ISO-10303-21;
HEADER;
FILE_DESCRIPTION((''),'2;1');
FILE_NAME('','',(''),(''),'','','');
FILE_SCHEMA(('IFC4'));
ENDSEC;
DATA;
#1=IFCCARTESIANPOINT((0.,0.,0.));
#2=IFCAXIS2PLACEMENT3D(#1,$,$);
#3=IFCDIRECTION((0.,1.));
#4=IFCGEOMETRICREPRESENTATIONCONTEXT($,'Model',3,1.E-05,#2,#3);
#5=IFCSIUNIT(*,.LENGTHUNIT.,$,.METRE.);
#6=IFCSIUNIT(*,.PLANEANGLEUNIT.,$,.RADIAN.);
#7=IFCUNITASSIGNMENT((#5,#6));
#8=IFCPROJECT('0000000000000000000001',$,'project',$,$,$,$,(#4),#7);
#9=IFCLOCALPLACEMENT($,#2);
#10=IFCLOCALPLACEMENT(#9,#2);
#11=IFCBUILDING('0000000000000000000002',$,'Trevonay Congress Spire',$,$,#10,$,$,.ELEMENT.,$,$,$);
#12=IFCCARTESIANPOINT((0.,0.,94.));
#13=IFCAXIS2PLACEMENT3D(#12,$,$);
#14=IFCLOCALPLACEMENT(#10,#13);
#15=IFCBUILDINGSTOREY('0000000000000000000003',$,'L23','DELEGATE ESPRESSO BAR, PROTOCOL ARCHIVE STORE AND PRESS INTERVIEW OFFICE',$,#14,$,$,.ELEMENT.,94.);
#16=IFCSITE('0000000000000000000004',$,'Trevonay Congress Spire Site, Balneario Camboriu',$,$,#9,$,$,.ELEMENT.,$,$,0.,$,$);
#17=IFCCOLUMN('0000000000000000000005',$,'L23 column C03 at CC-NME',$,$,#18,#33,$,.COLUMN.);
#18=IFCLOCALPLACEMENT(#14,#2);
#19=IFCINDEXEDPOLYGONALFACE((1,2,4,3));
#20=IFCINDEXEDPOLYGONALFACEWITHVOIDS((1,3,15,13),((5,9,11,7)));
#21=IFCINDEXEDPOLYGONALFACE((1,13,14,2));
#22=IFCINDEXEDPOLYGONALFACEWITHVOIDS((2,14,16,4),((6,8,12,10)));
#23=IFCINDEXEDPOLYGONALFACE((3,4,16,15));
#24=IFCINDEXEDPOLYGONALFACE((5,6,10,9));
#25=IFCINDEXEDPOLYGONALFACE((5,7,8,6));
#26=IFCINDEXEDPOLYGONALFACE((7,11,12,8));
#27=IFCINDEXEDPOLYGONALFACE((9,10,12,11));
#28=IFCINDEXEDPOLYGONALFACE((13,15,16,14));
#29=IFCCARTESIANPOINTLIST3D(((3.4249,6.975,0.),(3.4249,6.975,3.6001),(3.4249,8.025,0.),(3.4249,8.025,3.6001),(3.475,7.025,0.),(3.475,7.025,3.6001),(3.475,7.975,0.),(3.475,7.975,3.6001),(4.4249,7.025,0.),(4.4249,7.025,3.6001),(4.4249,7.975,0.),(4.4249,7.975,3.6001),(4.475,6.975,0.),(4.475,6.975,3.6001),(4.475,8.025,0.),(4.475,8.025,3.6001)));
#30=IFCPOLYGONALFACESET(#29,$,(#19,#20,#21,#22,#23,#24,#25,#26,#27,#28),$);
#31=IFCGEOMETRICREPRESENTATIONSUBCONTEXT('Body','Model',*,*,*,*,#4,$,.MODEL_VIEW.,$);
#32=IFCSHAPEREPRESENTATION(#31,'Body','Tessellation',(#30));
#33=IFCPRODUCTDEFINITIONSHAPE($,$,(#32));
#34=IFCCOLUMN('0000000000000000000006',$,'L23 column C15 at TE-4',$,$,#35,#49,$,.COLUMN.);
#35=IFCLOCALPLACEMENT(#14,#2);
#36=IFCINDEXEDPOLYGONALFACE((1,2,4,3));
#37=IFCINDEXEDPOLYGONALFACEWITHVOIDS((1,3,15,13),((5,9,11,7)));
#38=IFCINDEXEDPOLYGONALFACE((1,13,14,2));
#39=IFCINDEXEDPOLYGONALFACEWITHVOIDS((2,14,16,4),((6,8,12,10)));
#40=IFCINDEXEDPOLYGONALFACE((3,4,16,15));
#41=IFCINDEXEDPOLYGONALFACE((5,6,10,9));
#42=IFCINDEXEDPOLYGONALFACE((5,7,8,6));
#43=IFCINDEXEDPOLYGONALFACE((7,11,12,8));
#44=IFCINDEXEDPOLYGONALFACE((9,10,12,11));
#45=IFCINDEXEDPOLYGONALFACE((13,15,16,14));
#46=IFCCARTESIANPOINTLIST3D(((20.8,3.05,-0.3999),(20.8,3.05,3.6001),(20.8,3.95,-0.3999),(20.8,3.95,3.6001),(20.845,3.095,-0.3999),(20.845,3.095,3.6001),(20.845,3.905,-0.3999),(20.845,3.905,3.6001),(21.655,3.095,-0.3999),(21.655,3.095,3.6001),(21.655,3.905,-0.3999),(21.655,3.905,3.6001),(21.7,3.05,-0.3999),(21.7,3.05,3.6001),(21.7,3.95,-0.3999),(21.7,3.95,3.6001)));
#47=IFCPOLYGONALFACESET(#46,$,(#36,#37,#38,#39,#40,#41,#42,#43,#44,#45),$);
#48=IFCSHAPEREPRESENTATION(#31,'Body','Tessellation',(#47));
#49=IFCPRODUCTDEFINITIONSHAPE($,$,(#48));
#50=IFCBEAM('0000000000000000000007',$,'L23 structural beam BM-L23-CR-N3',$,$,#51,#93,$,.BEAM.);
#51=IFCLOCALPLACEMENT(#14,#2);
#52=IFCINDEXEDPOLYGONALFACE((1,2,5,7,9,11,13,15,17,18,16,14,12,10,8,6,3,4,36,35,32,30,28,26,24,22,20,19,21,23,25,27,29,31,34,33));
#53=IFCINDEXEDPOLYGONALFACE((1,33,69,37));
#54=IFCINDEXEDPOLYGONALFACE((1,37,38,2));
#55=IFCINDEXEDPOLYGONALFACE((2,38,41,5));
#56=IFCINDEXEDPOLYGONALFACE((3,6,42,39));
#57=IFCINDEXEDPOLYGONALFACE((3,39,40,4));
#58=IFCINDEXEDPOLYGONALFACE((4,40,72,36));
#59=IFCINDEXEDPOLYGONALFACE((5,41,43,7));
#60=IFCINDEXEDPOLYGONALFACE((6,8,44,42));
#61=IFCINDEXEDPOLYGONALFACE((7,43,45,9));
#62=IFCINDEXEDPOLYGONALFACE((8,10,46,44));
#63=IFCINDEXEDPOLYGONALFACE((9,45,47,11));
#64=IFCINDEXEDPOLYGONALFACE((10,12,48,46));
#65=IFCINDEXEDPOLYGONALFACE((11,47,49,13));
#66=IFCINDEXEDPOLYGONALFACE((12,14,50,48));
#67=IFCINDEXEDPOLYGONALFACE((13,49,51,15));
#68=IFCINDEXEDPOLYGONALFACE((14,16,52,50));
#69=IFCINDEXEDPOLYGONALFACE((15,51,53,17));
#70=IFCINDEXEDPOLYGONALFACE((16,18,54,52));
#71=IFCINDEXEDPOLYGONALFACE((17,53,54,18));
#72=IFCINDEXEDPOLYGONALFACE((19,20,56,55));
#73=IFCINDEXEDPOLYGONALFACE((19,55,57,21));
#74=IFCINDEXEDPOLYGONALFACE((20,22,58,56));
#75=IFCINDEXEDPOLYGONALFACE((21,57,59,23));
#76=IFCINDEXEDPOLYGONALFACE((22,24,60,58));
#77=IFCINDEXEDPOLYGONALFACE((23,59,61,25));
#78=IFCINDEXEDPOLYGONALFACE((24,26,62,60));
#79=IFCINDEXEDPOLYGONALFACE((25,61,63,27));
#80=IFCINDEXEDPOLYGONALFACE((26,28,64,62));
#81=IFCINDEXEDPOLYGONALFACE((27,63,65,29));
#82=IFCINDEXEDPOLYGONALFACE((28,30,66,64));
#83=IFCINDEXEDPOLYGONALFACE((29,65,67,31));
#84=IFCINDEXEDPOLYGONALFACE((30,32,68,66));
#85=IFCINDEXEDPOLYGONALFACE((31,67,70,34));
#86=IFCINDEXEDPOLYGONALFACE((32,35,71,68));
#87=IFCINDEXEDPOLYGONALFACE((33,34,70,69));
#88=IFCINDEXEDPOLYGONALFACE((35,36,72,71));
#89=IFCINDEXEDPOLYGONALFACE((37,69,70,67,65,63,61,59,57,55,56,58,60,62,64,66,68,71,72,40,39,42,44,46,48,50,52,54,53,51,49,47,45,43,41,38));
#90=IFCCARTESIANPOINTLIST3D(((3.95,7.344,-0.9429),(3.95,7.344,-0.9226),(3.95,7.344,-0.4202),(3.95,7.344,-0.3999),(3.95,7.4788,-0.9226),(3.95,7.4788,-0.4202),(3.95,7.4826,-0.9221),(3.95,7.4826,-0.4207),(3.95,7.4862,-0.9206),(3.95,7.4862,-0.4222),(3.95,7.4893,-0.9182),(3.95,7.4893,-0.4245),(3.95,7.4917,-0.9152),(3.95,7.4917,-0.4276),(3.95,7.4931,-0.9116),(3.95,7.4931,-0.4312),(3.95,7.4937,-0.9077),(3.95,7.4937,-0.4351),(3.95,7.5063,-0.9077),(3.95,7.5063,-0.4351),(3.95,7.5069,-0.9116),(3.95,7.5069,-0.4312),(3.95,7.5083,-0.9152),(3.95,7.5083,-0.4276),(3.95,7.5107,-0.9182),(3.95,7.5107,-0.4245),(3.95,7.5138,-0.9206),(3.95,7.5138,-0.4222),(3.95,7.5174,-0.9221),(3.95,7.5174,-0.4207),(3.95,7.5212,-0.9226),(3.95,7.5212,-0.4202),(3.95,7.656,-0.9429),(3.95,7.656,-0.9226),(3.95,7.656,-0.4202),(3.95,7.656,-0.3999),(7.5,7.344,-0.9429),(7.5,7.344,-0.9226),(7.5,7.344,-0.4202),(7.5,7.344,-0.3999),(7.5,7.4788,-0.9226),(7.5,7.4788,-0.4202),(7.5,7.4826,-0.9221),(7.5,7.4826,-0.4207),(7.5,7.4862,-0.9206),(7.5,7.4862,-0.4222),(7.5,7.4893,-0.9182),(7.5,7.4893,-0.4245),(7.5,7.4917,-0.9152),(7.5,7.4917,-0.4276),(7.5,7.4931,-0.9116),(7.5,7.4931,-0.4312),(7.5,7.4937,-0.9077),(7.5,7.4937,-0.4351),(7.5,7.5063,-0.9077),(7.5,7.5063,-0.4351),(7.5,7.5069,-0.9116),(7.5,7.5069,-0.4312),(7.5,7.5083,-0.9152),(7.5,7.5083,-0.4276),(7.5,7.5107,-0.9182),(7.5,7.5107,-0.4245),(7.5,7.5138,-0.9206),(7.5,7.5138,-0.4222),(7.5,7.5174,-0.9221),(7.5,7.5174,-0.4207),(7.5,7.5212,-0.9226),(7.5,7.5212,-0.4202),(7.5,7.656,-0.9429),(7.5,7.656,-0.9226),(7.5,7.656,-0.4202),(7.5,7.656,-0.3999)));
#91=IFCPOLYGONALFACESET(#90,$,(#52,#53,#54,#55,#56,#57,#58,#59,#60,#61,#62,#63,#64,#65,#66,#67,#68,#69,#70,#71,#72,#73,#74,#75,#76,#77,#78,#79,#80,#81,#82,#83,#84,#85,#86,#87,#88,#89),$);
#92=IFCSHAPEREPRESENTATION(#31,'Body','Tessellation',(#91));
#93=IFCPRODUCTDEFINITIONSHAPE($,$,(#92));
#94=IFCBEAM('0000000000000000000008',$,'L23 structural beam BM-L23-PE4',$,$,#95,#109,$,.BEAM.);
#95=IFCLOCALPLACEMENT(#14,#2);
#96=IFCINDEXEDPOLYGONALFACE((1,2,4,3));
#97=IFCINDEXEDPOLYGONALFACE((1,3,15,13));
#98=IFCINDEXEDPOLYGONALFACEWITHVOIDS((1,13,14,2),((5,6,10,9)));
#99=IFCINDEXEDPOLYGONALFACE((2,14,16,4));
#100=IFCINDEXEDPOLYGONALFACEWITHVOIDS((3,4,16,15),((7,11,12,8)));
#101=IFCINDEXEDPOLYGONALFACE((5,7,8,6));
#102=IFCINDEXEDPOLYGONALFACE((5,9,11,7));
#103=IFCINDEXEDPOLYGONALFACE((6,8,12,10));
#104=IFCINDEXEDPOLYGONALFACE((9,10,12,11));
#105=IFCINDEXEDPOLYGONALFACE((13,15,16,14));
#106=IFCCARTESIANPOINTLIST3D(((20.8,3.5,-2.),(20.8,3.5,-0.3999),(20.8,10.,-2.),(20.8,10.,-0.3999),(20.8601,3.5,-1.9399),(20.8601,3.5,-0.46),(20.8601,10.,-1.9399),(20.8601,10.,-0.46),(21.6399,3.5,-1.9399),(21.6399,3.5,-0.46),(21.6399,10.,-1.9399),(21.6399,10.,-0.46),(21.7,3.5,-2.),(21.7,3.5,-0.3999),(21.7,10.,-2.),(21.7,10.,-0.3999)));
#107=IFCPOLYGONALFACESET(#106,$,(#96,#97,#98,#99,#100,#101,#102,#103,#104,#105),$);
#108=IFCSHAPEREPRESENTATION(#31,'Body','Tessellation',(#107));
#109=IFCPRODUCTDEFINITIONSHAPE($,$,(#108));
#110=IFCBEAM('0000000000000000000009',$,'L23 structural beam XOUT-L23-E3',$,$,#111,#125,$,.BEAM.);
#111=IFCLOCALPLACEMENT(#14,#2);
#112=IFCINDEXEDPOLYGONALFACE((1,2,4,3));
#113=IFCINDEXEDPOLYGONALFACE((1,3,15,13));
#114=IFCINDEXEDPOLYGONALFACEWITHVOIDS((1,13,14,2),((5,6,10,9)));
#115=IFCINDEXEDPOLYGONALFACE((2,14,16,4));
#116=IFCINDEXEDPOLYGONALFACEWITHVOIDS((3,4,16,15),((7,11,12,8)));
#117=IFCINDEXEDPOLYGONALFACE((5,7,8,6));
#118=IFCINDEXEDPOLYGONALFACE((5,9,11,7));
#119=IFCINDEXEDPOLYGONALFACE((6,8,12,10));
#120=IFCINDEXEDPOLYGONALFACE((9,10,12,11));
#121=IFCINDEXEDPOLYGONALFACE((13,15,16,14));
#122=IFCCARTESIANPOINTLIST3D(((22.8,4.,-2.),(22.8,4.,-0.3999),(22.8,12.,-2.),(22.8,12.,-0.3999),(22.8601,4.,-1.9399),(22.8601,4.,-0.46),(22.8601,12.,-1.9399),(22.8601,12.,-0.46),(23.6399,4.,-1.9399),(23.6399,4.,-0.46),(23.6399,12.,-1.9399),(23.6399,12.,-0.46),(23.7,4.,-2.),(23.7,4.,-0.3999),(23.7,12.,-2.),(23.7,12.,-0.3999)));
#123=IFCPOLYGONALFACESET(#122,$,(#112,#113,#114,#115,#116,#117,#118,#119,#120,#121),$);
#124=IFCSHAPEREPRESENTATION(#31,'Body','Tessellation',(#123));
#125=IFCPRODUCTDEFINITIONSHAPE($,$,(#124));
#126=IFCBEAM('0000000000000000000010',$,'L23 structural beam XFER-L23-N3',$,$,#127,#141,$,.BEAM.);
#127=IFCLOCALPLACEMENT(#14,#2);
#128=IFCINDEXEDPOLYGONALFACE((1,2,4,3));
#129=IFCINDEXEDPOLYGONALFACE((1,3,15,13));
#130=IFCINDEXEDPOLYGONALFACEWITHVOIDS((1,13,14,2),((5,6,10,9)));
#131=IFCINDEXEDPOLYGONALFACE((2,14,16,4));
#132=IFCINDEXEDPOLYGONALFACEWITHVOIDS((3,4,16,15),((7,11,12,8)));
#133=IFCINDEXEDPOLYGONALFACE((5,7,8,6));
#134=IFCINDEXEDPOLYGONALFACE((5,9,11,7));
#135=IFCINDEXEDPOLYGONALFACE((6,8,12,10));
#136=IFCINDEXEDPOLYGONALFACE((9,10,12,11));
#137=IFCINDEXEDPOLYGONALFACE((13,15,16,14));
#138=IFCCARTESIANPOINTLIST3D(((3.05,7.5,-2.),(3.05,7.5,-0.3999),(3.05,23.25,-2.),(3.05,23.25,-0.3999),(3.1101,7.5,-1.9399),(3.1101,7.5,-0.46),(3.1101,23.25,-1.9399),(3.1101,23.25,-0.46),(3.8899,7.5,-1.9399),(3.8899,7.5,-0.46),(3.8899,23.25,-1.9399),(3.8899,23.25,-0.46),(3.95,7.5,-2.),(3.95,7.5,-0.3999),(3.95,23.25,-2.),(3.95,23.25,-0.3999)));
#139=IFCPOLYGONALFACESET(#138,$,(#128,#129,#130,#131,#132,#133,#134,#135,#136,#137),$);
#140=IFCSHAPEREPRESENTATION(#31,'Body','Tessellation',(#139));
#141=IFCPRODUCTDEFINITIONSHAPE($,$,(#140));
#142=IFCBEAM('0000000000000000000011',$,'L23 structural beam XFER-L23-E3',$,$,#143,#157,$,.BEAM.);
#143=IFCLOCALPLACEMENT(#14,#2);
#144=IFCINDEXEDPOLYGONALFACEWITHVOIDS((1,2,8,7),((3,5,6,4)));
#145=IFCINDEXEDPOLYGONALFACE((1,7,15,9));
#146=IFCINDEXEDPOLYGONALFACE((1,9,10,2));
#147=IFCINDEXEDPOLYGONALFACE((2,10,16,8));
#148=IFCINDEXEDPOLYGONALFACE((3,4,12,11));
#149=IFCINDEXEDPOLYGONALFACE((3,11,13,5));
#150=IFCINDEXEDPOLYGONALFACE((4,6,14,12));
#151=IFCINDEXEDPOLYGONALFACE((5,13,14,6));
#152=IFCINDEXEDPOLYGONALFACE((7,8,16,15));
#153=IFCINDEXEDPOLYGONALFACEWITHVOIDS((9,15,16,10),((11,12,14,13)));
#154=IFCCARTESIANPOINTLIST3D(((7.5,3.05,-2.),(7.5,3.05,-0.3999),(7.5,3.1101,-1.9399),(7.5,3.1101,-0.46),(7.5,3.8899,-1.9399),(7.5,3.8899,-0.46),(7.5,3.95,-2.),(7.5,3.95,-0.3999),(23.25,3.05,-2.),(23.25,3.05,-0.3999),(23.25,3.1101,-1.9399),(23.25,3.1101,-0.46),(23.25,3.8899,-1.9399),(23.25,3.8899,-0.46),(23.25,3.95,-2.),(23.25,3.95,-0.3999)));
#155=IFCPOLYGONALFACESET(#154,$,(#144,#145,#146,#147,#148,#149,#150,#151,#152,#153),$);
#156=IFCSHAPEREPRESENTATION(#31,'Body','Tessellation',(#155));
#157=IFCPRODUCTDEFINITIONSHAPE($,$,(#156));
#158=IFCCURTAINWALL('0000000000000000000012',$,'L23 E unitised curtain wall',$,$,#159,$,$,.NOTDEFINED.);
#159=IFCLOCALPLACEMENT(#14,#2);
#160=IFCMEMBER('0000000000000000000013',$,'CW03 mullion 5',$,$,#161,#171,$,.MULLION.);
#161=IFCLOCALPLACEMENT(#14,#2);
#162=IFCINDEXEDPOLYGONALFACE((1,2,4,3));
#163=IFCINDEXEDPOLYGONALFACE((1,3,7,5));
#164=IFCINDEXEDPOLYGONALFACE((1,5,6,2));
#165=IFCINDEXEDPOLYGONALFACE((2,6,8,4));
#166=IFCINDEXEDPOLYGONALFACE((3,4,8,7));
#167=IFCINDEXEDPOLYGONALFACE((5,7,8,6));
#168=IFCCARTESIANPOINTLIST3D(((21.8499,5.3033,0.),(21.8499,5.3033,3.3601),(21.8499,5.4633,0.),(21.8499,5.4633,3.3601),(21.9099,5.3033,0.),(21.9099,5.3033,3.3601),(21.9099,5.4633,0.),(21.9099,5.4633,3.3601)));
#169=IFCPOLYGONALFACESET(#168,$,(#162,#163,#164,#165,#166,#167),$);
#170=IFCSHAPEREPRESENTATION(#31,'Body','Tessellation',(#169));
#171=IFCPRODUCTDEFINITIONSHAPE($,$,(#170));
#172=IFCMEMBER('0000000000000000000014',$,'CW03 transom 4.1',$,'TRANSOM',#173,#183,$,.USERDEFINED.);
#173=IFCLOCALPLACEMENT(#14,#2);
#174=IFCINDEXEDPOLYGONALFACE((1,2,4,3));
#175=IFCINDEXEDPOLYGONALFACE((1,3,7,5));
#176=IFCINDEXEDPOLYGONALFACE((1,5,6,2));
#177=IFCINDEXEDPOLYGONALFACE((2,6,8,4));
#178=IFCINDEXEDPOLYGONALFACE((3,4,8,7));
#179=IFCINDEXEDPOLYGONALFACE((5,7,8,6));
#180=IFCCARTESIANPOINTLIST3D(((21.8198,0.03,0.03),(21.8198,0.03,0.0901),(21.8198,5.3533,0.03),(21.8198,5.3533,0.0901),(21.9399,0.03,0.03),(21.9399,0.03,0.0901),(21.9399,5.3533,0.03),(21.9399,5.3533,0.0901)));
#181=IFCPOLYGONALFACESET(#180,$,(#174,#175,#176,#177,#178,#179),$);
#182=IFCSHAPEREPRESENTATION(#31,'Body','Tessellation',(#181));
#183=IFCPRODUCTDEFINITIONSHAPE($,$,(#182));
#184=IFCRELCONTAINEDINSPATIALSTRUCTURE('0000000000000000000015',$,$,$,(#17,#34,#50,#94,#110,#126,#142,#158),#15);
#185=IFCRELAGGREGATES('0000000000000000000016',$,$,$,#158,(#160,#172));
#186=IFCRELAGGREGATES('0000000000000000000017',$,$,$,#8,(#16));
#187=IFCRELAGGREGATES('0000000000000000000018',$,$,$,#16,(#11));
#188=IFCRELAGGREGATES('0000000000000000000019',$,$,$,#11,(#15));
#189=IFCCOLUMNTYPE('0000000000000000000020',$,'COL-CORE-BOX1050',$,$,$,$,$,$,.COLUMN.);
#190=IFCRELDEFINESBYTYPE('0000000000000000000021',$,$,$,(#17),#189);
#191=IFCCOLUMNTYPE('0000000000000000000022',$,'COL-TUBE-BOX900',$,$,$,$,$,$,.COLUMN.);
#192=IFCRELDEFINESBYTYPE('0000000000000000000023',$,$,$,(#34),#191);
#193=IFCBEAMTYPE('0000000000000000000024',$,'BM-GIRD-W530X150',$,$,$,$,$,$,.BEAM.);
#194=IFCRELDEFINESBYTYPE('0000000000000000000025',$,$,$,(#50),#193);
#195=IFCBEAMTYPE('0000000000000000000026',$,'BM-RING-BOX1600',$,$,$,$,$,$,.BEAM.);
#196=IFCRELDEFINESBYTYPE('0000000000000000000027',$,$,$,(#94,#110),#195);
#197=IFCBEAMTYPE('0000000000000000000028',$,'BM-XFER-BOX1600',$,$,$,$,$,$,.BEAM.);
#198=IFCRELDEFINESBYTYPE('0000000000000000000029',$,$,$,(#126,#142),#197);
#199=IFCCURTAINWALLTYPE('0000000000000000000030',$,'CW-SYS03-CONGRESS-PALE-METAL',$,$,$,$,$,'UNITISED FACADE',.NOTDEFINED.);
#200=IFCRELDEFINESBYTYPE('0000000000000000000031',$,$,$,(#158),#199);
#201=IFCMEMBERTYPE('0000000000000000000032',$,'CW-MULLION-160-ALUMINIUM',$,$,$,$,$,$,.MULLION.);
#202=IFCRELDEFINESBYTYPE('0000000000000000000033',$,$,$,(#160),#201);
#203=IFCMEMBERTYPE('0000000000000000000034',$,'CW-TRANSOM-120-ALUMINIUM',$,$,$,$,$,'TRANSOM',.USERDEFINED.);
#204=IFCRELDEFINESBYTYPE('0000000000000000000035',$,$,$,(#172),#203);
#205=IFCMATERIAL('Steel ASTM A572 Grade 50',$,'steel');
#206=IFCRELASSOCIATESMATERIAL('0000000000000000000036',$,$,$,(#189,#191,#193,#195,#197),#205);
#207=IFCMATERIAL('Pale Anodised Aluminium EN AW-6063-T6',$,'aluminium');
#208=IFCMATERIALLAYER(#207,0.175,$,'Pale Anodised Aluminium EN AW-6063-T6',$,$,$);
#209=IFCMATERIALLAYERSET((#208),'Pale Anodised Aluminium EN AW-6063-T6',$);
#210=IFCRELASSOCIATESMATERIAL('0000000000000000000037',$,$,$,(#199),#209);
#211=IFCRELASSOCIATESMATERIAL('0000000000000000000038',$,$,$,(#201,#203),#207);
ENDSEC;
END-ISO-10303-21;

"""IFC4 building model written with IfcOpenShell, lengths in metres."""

from ifc_helpers import new_model, si_unit, direction, frame, origin, origin_2d, place, context, subcontext, project, spatial, rectangle, hollow_rectangle, i_section, extrude, material, layer, layer_set, material_profile, profile_set, type_object, element, aggregate, save


model = new_model("IFC4")

# Units and contexts
model_context = context("Model", 3, precision=1e-05, world=origin(), true_north=direction((0.0, 1.0)))
body_context = subcontext(model_context, "Body", "Model", "MODEL_VIEW")
ifc_project = project(units=[si_unit("LENGTHUNIT", "METRE"), si_unit("PLANEANGLEUNIT", "RADIAN")], contexts=[model_context])

# Site, building, storey
site_placement = place(None, origin())
site = spatial("IfcSite", under=ifc_project, at=site_placement, Name="Trevonay Congress Spire Site, Balneario Camboriu", CompositionType="ELEMENT", RefElevation=0.0)
building_placement = place(site_placement, origin())
building = spatial("IfcBuilding", under=site, at=building_placement, Name="Trevonay Congress Spire", CompositionType="ELEMENT")
storey_placement = place(building_placement, frame((0.0, 0.0, 94.0)))
storey = spatial("IfcBuildingStorey", under=building, at=storey_placement, Name="L23", Description="DELEGATE ESPRESSO BAR, PROTOCOL ARCHIVE STORE AND PRESS INTERVIEW OFFICE", CompositionType="ELEMENT", Elevation=94.0)

# Columns
ifc_material_1 = material(Name="Steel ASTM A572 Grade 50", Category="steel")
ifc_material_profile_1 = material_profile(ifc_material_1, hollow_rectangle(XDim=1.05, YDim=1.05, WallThickness=0.05, at=origin_2d()), Name="BOX 1050x1050x50")
ifc_profile_set_1 = profile_set([ifc_material_profile_1], Name="Steel ASTM A572 Grade 50")
column_type_1 = type_object("IfcColumnType", Name="COL-CORE-BOX1050", PredefinedType="COLUMN", material=ifc_profile_set_1)
column_1_placement = place(storey_placement, frame((3.95, 7.5, 0.0), z_axis=(0.0, 0.0, 1.0), x_axis=(1.0, 0.0, 0.0)))
element("IfcColumn", 1, at=column_1_placement, inside=storey, type_object=column_type_1, Name="L23 column C03 at CC-NME", PredefinedType="COLUMN", context=body_context, shape_type="SweptSolid", body=[
    extrude(hollow_rectangle(XDim=1.05, YDim=1.05, WallThickness=0.05, at=origin_2d()), origin(), (0.0, 0.0, 1.0), 3.6001),
])
ifc_material_profile_2 = material_profile(ifc_material_1, hollow_rectangle(XDim=0.8999, YDim=0.8999, WallThickness=0.0449, at=origin_2d()), Name="BOX 900x900x45")
ifc_profile_set_2 = profile_set([ifc_material_profile_2], Name="Steel ASTM A572 Grade 50")
column_type_2 = type_object("IfcColumnType", Name="COL-TUBE-BOX900", PredefinedType="COLUMN", material=ifc_profile_set_2)
column_2_placement = place(storey_placement, frame((21.25, 3.5, -0.3999), z_axis=(0.0, 0.0, 1.0), x_axis=(1.0, 0.0, 0.0)))
element("IfcColumn", 2, at=column_2_placement, inside=storey, type_object=column_type_2, Name="L23 column C15 at TE-4", PredefinedType="COLUMN", context=body_context, shape_type="SweptSolid", body=[
    extrude(hollow_rectangle(XDim=0.8999, YDim=0.8999, WallThickness=0.0449, at=origin_2d()), origin(), (0.0, 0.0, 1.0), 4.0),
])

# Beams
ifc_material_profile_3 = material_profile(ifc_material_1, i_section(OverallWidth=0.312, OverallDepth=0.543, WebThickness=0.0127, FlangeThickness=0.0203, FilletRadius=0.0149, at=origin_2d()), Name="W530x150")
ifc_profile_set_3 = profile_set([ifc_material_profile_3], Name="Steel ASTM A572 Grade 50")
beam_type_1 = type_object("IfcBeamType", Name="BM-GIRD-W530X150", PredefinedType="BEAM", material=ifc_profile_set_3)
beam_1_placement = place(storey_placement, frame((3.95, 7.5, -0.6714), z_axis=(1.0, 0.0, 0.0), x_axis=(0.0, 1.0, 0.0)))
element("IfcBeam", 3, at=beam_1_placement, inside=storey, type_object=beam_type_1, Name="L23 structural beam BM-L23-CR-N3", PredefinedType="BEAM", context=body_context, shape_type="SweptSolid", body=[
    extrude(i_section(OverallWidth=0.312, OverallDepth=0.543, WebThickness=0.0127, FlangeThickness=0.0203, FilletRadius=0.0149, at=origin_2d()), origin(), (0.0, 0.0, 1.0), 3.55),
])
ifc_material_profile_4 = material_profile(ifc_material_1, hollow_rectangle(XDim=0.8999, YDim=1.6001, WallThickness=0.0601, at=origin_2d()), Name="BOX 1600x900x60")
ifc_profile_set_4 = profile_set([ifc_material_profile_4], Name="Steel ASTM A572 Grade 50")
beam_type_2 = type_object("IfcBeamType", Name="BM-RING-BOX1600", PredefinedType="BEAM", material=ifc_profile_set_4)
beam_2_placement = place(storey_placement, frame((21.25, 3.5, -1.2), z_axis=(0.0, 1.0, 0.0), x_axis=(-1.0, 0.0, 0.0)))
element("IfcBeam", 4, at=beam_2_placement, inside=storey, type_object=beam_type_2, Name="L23 structural beam BM-L23-PE4", PredefinedType="BEAM", context=body_context, shape_type="SweptSolid", body=[
    extrude(hollow_rectangle(XDim=0.8999, YDim=1.6001, WallThickness=0.0601, at=origin_2d()), origin(), (0.0, 0.0, 1.0), 6.5),
])
beam_3_placement = place(storey_placement, frame((23.25, 4.0, -1.2), z_axis=(0.0, 1.0, 0.0), x_axis=(-1.0, 0.0, 0.0)))
element("IfcBeam", 5, at=beam_3_placement, inside=storey, type_object=beam_type_2, Name="L23 structural beam XOUT-L23-E3", PredefinedType="BEAM", context=body_context, shape_type="SweptSolid", body=[
    extrude(hollow_rectangle(XDim=0.8999, YDim=1.6001, WallThickness=0.0601, at=origin_2d()), origin(), (0.0, 0.0, 1.0), 8.0),
])
ifc_material_profile_5 = material_profile(ifc_material_1, hollow_rectangle(XDim=0.8999, YDim=1.6001, WallThickness=0.0601, at=origin_2d()), Name="BOX 1600x900x60")
ifc_profile_set_5 = profile_set([ifc_material_profile_5], Name="Steel ASTM A572 Grade 50")
beam_type_3 = type_object("IfcBeamType", Name="BM-XFER-BOX1600", PredefinedType="BEAM", material=ifc_profile_set_5)
for number, where, z_axis, x_axis, name in (
    (6, (3.5, 7.5, -1.2), (0.0, 1.0, 0.0), (-1.0, 0.0, 0.0), "L23 structural beam XFER-L23-N3"),
    (7, (7.5, 3.5, -1.2), (1.0, 0.0, 0.0), (0.0, 1.0, 0.0), "L23 structural beam XFER-L23-E3"),
):
    element("IfcBeam", number, at=place(storey_placement, frame(where, z_axis=z_axis, x_axis=x_axis)), inside=storey, type_object=beam_type_3, Name=name, PredefinedType="BEAM", context=body_context, shape_type="SweptSolid", body=[
        extrude(hollow_rectangle(XDim=0.8999, YDim=1.6001, WallThickness=0.0601, at=origin_2d()), origin(), (0.0, 0.0, 1.0), 15.75),
    ])

# Curtain wall, members
ifc_material_2 = material(Name="Pale Anodised Aluminium EN AW-6063-T6", Category="aluminium")
ifc_layer_1 = layer(ifc_material_2, 0.175, Name="Pale Anodised Aluminium EN AW-6063-T6")
ifc_layer_set_1 = layer_set([ifc_layer_1], Name="Pale Anodised Aluminium EN AW-6063-T6")
curtain_wall_type = type_object("IfcCurtainWallType", Name="CW-SYS03-CONGRESS-PALE-METAL", ElementType="UNITISED FACADE", PredefinedType="NOTDEFINED", material=ifc_layer_set_1)
curtain_wall_placement = place(storey_placement, origin())
curtain_wall = element("IfcCurtainWall", 8, at=curtain_wall_placement, inside=storey, type_object=curtain_wall_type, Name="L23 E unitised curtain wall", PredefinedType="NOTDEFINED")
ifc_material_profile_6 = material_profile(ifc_material_2, rectangle(XDim=0.0601, YDim=0.1599, at=origin_2d()), Name="CW-MULLION-160-ALUMINIUM")
ifc_profile_set_6 = profile_set([ifc_material_profile_6], Name="Pale Anodised Aluminium EN AW-6063-T6")
member_type_1 = type_object("IfcMemberType", Name="CW-MULLION-160-ALUMINIUM", PredefinedType="MULLION", material=ifc_profile_set_6)
member_1_placement = place(storey_placement, frame((21.8799, 5.3833, 0.0), z_axis=(0.0, 0.0, 1.0), x_axis=(-1.0, 0.0, 0.0)))
member_1 = element("IfcMember", 9, at=member_1_placement, type_object=member_type_1, Name="CW03 mullion 5", PredefinedType="MULLION", context=body_context, shape_type="SweptSolid", body=[
    extrude(rectangle(XDim=0.0601, YDim=0.1599, at=origin_2d()), origin(), (0.0, 0.0, 1.0), 3.3601),
])
ifc_material_profile_7 = material_profile(ifc_material_2, rectangle(XDim=0.1201, YDim=0.0601, at=origin_2d()), Name="CW-TRANSOM-120-ALUMINIUM")
ifc_profile_set_7 = profile_set([ifc_material_profile_7], Name="Pale Anodised Aluminium EN AW-6063-T6")
member_type_2 = type_object("IfcMemberType", Name="CW-TRANSOM-120-ALUMINIUM", ElementType="TRANSOM", PredefinedType="USERDEFINED", material=ifc_profile_set_7)
member_2_placement = place(storey_placement, frame((21.8799, 0.03, 0.0601), z_axis=(0.0, 1.0, 0.0), x_axis=(-1.0, 0.0, 0.0)))
member_2 = element("IfcMember", 10, at=member_2_placement, type_object=member_type_2, Name="CW03 transom 4.1", ObjectType="TRANSOM", PredefinedType="USERDEFINED", context=body_context, shape_type="SweptSolid", body=[
    extrude(rectangle(XDim=0.1201, YDim=0.0601, at=origin_2d()), origin(), (0.0, 0.0, 1.0), 5.3232),
])

aggregate(curtain_wall, [member_1, member_2])

save(model, "model.ifc")
